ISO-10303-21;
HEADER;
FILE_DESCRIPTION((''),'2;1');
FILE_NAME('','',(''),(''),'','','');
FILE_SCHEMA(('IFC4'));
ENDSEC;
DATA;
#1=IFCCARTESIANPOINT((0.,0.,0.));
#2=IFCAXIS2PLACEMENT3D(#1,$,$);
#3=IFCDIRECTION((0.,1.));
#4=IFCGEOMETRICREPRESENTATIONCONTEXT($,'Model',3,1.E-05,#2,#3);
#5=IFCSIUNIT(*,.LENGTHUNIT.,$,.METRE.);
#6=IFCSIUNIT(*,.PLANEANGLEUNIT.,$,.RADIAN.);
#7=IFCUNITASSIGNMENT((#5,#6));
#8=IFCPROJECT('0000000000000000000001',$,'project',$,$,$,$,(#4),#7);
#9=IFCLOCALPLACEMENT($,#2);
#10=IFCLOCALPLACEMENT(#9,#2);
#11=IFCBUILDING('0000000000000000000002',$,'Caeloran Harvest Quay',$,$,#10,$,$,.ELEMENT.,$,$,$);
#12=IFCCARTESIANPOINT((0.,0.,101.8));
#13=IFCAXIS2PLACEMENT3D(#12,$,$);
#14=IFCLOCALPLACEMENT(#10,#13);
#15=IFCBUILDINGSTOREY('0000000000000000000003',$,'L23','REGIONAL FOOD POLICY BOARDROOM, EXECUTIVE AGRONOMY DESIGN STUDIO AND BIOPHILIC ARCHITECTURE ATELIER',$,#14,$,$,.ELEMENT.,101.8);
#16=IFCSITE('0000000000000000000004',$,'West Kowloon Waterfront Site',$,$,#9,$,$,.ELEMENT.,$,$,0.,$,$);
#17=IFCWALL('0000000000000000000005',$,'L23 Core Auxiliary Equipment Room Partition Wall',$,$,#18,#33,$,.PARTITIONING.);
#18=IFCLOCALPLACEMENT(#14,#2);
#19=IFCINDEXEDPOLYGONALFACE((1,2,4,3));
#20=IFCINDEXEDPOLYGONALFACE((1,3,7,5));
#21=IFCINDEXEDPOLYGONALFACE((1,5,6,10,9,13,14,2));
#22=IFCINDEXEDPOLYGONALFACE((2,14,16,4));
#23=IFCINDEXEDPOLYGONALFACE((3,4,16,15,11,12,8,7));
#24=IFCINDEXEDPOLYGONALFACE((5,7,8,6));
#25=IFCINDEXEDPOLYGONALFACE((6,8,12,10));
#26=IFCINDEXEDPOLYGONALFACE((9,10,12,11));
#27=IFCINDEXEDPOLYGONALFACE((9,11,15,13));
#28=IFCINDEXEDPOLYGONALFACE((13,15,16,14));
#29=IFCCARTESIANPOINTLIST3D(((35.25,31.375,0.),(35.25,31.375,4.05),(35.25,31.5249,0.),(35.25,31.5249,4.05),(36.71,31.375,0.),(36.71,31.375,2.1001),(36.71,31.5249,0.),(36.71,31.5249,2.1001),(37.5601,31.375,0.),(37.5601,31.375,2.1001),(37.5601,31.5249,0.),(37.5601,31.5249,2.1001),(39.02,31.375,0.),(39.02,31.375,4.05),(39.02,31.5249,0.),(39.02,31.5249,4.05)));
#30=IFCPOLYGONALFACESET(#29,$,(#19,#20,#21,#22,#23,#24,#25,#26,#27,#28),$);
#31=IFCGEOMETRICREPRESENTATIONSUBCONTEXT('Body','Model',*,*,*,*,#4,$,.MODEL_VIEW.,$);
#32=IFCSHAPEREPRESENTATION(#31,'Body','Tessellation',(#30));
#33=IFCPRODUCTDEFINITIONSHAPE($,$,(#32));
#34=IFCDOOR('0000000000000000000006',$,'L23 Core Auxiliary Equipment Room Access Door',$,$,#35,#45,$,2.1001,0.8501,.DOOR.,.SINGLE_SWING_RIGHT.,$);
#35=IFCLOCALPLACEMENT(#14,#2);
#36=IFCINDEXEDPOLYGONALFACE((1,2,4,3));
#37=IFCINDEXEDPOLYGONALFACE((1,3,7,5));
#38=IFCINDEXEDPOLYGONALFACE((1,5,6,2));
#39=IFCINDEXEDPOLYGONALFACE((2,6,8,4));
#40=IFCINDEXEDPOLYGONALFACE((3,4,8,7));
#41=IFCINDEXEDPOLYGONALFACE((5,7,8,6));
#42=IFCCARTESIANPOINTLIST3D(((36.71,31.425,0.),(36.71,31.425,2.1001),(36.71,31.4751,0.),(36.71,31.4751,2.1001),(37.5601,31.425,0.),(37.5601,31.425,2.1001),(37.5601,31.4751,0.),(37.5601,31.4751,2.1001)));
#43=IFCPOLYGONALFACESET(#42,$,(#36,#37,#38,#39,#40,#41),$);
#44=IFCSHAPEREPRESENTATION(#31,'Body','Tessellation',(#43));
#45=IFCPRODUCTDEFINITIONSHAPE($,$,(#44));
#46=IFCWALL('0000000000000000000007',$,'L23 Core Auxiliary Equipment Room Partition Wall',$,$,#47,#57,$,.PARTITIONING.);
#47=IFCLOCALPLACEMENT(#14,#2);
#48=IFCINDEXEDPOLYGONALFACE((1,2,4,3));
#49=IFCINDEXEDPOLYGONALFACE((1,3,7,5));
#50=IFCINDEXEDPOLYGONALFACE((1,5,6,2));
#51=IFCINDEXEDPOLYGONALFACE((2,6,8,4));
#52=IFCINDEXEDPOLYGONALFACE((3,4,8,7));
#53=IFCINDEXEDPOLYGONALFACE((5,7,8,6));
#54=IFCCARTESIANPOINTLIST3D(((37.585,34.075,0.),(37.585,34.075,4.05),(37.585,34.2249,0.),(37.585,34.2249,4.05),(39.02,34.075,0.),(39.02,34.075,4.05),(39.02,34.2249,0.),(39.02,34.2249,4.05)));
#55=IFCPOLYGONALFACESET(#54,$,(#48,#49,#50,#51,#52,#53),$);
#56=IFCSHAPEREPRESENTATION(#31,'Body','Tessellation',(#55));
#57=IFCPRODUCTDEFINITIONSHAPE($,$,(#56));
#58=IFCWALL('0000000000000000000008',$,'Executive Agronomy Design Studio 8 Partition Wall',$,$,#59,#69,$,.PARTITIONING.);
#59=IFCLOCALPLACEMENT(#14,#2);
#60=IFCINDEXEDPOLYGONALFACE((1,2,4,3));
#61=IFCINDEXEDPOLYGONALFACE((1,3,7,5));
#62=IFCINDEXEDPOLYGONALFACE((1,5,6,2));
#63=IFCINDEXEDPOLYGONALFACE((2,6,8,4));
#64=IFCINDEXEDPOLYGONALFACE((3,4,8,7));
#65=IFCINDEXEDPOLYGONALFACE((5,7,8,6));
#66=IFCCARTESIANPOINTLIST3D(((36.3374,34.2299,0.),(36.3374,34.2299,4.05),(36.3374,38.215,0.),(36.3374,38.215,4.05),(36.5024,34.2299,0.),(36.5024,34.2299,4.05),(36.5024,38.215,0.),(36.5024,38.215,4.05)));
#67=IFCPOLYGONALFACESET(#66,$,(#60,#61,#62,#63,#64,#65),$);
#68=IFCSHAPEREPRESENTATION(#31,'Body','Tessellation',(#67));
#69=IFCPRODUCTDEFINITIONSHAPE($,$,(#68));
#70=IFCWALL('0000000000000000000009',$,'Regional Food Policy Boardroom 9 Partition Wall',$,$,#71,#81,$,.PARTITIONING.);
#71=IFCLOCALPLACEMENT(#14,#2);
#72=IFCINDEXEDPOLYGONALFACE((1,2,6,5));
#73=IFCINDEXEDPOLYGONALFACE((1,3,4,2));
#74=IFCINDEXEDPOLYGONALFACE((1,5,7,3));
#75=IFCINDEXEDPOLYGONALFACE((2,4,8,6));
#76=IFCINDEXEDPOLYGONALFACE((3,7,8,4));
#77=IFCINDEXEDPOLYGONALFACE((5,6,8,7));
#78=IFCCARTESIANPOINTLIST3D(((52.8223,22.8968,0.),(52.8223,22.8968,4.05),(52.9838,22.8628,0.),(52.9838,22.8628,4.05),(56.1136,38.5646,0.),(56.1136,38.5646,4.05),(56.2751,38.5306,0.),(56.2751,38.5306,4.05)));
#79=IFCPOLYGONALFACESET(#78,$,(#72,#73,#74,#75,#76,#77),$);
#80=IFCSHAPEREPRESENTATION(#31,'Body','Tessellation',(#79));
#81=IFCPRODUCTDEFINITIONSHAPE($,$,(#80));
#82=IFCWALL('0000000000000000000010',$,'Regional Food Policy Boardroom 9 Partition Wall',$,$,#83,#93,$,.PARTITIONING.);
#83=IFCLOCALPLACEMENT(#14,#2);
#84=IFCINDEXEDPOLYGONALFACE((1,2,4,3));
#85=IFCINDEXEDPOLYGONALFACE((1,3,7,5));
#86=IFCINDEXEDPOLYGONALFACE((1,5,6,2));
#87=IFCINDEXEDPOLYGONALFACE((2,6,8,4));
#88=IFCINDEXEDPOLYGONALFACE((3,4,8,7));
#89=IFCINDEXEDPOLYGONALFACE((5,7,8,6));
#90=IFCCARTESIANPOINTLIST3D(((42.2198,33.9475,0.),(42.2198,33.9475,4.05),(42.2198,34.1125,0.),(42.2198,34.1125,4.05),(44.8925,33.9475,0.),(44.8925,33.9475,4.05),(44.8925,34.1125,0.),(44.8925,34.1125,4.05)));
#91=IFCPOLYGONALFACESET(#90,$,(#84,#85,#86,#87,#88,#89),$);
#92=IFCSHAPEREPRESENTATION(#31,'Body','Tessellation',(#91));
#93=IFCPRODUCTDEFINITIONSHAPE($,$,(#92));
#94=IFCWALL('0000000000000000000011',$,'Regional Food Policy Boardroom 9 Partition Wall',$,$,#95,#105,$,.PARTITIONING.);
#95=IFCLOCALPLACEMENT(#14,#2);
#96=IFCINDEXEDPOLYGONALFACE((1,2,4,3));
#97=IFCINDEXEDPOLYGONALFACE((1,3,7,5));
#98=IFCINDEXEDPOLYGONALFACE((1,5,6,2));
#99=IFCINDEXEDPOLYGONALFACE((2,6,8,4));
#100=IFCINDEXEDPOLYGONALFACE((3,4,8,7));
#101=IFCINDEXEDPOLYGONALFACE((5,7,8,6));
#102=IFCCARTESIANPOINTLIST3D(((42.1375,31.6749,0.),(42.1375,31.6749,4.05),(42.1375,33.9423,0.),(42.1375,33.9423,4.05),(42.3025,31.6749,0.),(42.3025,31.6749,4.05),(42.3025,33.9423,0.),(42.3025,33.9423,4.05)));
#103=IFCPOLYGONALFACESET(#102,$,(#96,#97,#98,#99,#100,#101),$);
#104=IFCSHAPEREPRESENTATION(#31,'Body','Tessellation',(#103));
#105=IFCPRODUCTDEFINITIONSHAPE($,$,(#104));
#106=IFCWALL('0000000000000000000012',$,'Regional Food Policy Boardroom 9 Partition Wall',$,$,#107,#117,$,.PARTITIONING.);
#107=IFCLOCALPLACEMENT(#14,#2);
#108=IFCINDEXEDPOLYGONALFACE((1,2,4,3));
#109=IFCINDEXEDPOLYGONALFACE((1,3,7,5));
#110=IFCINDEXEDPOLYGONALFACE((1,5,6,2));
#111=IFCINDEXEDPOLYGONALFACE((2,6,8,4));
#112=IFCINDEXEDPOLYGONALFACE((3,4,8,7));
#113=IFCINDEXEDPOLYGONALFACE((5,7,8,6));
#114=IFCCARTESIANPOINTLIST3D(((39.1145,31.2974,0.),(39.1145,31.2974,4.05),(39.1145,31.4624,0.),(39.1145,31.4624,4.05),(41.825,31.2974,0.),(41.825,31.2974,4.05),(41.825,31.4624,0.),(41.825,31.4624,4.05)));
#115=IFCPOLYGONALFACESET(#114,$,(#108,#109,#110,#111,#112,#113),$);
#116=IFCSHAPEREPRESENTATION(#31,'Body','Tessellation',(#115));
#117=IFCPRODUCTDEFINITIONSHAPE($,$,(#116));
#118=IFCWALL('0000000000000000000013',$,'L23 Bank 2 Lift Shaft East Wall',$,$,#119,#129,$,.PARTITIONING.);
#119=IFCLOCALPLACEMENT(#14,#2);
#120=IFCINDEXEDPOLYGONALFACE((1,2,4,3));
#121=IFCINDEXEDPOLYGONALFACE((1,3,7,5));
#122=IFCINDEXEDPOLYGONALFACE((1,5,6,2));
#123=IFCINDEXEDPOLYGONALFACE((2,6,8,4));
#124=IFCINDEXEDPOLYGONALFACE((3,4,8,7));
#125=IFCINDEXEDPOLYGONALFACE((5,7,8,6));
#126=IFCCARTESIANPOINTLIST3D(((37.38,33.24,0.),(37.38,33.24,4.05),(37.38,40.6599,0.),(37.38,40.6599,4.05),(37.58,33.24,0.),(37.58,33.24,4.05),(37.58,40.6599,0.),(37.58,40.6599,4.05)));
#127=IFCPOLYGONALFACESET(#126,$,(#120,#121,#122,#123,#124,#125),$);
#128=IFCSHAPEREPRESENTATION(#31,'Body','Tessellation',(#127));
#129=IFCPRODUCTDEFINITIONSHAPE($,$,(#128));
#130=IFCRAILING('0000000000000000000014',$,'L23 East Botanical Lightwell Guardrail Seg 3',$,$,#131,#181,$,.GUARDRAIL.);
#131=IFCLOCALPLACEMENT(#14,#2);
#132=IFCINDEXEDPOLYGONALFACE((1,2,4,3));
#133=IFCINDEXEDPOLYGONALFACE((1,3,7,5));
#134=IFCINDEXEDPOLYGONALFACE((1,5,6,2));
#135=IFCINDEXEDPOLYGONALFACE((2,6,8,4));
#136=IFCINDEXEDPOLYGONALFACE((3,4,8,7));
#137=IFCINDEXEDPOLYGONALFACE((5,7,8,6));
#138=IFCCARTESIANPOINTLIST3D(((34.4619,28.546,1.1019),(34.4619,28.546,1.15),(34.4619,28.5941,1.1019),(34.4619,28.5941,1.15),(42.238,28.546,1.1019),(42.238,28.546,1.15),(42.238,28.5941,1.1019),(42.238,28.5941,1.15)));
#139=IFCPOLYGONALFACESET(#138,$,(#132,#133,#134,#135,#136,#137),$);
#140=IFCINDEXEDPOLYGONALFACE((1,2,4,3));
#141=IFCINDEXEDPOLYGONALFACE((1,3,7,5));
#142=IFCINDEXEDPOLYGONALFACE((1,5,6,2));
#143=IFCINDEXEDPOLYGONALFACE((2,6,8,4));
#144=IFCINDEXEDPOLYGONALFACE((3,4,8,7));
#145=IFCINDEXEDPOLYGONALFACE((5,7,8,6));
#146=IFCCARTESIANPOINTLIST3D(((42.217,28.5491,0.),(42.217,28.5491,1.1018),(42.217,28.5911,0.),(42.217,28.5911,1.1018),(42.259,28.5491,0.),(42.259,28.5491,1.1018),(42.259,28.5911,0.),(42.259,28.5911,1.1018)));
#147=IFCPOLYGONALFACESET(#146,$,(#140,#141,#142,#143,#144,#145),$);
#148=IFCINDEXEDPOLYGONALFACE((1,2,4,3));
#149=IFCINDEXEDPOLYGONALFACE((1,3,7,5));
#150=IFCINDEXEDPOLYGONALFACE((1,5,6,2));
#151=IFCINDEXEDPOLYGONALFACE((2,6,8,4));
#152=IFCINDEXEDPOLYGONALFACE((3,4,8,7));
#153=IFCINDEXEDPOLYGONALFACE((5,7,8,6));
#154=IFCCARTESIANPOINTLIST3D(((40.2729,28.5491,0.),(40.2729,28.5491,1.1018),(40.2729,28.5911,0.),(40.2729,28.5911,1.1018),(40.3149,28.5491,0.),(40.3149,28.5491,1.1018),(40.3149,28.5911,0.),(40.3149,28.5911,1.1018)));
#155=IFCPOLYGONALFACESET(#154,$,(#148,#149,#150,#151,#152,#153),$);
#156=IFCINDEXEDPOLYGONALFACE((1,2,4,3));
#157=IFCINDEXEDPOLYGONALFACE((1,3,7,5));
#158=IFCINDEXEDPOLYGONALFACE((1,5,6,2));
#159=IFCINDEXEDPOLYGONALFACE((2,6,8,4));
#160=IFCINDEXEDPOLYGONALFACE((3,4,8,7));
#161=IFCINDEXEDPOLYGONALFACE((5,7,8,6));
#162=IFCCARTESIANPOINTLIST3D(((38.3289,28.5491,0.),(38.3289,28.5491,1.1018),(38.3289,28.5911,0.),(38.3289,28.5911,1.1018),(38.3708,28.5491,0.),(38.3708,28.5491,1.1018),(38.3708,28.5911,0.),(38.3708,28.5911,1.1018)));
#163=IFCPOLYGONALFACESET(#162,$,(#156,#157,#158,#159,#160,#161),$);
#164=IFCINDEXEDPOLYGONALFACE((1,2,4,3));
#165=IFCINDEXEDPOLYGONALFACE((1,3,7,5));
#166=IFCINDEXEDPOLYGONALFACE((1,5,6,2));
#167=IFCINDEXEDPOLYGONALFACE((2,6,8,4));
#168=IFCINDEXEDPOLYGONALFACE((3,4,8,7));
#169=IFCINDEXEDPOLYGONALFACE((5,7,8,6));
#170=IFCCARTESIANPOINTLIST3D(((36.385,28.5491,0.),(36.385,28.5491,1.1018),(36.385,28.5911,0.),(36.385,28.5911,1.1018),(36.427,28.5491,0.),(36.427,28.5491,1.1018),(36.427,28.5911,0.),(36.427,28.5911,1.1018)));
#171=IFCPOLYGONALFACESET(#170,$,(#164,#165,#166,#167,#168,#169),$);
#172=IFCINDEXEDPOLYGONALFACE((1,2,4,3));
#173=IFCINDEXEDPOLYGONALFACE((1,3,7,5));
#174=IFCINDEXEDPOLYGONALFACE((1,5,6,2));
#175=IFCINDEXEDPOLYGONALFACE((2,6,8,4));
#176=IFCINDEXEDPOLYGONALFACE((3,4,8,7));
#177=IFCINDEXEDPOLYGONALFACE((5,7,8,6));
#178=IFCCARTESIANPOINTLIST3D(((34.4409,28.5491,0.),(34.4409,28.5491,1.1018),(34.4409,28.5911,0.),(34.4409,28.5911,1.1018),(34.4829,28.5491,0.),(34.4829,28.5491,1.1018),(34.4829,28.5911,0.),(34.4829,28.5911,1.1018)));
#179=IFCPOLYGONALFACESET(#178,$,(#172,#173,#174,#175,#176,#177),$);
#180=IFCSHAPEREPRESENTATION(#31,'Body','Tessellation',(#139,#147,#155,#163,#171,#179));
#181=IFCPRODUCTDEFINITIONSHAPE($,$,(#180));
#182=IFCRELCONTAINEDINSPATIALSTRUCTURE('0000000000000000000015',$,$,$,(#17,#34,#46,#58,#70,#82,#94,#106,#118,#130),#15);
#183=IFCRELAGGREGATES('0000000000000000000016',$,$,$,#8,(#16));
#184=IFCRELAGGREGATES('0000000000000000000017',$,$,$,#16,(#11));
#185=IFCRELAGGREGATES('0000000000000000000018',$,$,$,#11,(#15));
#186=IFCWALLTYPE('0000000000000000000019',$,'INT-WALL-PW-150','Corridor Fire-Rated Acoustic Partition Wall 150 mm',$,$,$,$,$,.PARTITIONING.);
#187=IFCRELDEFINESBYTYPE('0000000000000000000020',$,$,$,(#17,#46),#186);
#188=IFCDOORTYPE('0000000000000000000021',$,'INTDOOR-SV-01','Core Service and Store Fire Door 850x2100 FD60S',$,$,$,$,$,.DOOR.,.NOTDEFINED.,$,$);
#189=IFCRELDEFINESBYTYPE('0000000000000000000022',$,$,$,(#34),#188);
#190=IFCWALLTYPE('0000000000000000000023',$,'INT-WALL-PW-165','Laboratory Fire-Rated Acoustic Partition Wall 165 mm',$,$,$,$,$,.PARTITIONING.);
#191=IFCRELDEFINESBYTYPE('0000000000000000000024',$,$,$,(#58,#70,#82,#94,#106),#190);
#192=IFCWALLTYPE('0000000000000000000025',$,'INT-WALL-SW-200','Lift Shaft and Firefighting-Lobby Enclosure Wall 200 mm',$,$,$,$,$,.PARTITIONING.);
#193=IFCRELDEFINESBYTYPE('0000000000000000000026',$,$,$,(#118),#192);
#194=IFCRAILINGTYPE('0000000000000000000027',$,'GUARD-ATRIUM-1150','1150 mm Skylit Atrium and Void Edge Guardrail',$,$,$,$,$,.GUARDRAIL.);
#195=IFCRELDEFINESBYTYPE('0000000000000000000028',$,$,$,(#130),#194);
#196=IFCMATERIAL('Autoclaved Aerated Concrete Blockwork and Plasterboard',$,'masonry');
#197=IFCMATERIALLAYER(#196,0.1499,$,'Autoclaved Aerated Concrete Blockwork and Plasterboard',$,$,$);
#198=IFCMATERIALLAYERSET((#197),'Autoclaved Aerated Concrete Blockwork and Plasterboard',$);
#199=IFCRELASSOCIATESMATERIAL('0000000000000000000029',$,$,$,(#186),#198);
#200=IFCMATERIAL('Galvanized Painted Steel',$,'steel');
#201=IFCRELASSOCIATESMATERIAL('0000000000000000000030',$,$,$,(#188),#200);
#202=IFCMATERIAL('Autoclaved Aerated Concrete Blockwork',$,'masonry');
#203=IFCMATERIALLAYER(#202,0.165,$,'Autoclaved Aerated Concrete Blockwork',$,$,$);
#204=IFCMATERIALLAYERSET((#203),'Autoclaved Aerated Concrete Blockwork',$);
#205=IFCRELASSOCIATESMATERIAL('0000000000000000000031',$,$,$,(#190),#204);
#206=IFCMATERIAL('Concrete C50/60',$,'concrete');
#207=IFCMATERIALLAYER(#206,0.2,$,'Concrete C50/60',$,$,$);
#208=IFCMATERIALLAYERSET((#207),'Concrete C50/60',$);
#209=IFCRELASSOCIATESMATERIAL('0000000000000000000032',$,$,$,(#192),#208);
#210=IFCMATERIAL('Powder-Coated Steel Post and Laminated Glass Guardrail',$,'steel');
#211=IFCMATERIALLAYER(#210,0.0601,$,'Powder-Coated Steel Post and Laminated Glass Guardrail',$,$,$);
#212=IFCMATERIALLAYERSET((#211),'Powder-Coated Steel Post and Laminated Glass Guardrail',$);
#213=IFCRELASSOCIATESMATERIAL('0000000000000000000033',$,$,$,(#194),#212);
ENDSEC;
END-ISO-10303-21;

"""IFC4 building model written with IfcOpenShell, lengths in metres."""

from ifc_helpers import new_model, si_unit, direction, frame, frame_2d, origin, origin_2d, place, context, subcontext, project, spatial, rectangle, extrude, material, layer, layer_set, type_object, element, fill, save


model = new_model("IFC4")

# Units and contexts
model_context = context("Model", 3, precision=1e-05, world=origin(), true_north=direction((0.0, 1.0)))
body_context = subcontext(model_context, "Body", "Model", "MODEL_VIEW")
ifc_project = project(units=[si_unit("LENGTHUNIT", "METRE"), si_unit("PLANEANGLEUNIT", "RADIAN")], contexts=[model_context])

# Site, building, storey
site_placement = place(None, origin())
site = spatial("IfcSite", under=ifc_project, at=site_placement, Name="West Kowloon Waterfront Site", CompositionType="ELEMENT", RefElevation=0.0)
building_placement = place(site_placement, origin())
building = spatial("IfcBuilding", under=site, at=building_placement, Name="Caeloran Harvest Quay", CompositionType="ELEMENT")
storey_placement = place(building_placement, frame((0.0, 0.0, 101.8)))
storey = spatial("IfcBuildingStorey", under=building, at=storey_placement, Name="L23", Description="REGIONAL FOOD POLICY BOARDROOM, EXECUTIVE AGRONOMY DESIGN STUDIO AND BIOPHILIC ARCHITECTURE ATELIER", CompositionType="ELEMENT", Elevation=101.8)

# Shared definitions
ifc_material_1 = material(Name="Autoclaved Aerated Concrete Blockwork and Plasterboard", Category="masonry")
ifc_layer_1 = layer(ifc_material_1, 0.1499, Name="Autoclaved Aerated Concrete Blockwork and Plasterboard")
ifc_layer_set_1 = layer_set([ifc_layer_1], Name="Autoclaved Aerated Concrete Blockwork and Plasterboard")
wall_type_1 = type_object("IfcWallType", Name="INT-WALL-PW-150", Description="Corridor Fire-Rated Acoustic Partition Wall 150 mm", PredefinedType="PARTITIONING", material=ifc_layer_set_1)

# Wall, opening, door
wall_1_placement = place(storey_placement, frame((39.02, 31.45, 0.0), z_axis=(0.0, 0.0, 1.0), x_axis=(-1.0, 0.0, 0.0)))
wall_1 = element("IfcWall", 1, at=wall_1_placement, inside=storey, type_object=wall_type_1, Name="L23 Core Auxiliary Equipment Room Partition Wall", PredefinedType="PARTITIONING", context=body_context, shape_type="SweptSolid", body=[
    extrude(rectangle(XDim=3.77, YDim=0.1499, at=frame_2d((1.885, 0.0))), origin(), (0.0, 0.0, 1.0), 4.05),
])
opening_placement = place(wall_1_placement, frame((1.46, 0.0, 0.0)))
opening = element("IfcOpeningElement", 2, at=opening_placement, cuts=wall_1, PredefinedType="OPENING", context=body_context, shape_type="SweptSolid", body=[
    extrude(rectangle(XDim=0.8501, YDim=2.1001, at=frame_2d((0.425, 1.05))), frame((0.0, 0.085, 0.0), z_axis=(0.0, -1.0, 0.0), x_axis=(1.0, 0.0, 0.0)), (0.0, 0.0, 1.0), 0.1699),
])
ifc_material_2 = material(Name="Galvanized Painted Steel", Category="steel")
door_type = type_object("IfcDoorType", Name="INTDOOR-SV-01", Description="Core Service and Store Fire Door 850x2100 FD60S", OperationType="NOTDEFINED", PredefinedType="DOOR", material=ifc_material_2)
door_placement = place(opening_placement, origin())
door = element("IfcDoor", 3, at=door_placement, inside=storey, type_object=door_type, Name="L23 Core Auxiliary Equipment Room Access Door", OperationType="SINGLE_SWING_RIGHT", OverallHeight=2.1001, OverallWidth=0.8501, PredefinedType="DOOR", context=body_context, shape_type="SweptSolid", body=[
    extrude(rectangle(XDim=0.8501, YDim=2.1001, at=frame_2d((0.425, 1.05))), frame((0.0, 0.0249, 0.0), z_axis=(0.0, -1.0, 0.0), x_axis=(1.0, 0.0, 0.0)), (0.0, 0.0, 1.0), 0.05),
])
fill(opening, door)

# Walls
wall_2_placement = place(storey_placement, frame((37.585, 34.1499, 0.0), z_axis=(0.0, 0.0, 1.0), x_axis=(1.0, 0.0, 0.0)))
element("IfcWall", 4, at=wall_2_placement, inside=storey, type_object=wall_type_1, Name="L23 Core Auxiliary Equipment Room Partition Wall", PredefinedType="PARTITIONING", context=body_context, shape_type="SweptSolid", body=[
    extrude(rectangle(XDim=1.4351, YDim=0.1499, at=frame_2d((0.7175, 0.0))), origin(), (0.0, 0.0, 1.0), 4.05),
])
ifc_material_3 = material(Name="Autoclaved Aerated Concrete Blockwork", Category="masonry")
ifc_layer_2 = layer(ifc_material_3, 0.165, Name="Autoclaved Aerated Concrete Blockwork")
ifc_layer_set_2 = layer_set([ifc_layer_2], Name="Autoclaved Aerated Concrete Blockwork")
wall_type_2 = type_object("IfcWallType", Name="INT-WALL-PW-165", Description="Laboratory Fire-Rated Acoustic Partition Wall 165 mm", PredefinedType="PARTITIONING", material=ifc_layer_set_2)
wall_3_placement = place(storey_placement, frame((36.4199, 38.2151, 0.0), z_axis=(0.0, 0.0, 1.0), x_axis=(0.0, -1.0, 0.0)))
element("IfcWall", 5, at=wall_3_placement, inside=storey, type_object=wall_type_2, Name="Executive Agronomy Design Studio 8 Partition Wall", PredefinedType="PARTITIONING", context=body_context, shape_type="SweptSolid", body=[
    extrude(rectangle(XDim=3.9851, YDim=0.165, at=frame_2d((1.9927, 0.0))), origin(), (0.0, 0.0, 1.0), 4.05),
])
wall_4_placement = place(storey_placement, frame((56.1943, 38.5476, 0.0), z_axis=(0.0, 0.0, 1.0), x_axis=(-0.205579, -0.97864, 0.0)))
element("IfcWall", 6, at=wall_4_placement, inside=storey, type_object=wall_type_2, Name="Regional Food Policy Boardroom 9 Partition Wall", PredefinedType="PARTITIONING", context=body_context, shape_type="SweptSolid", body=[
    extrude(rectangle(XDim=16.0098, YDim=0.165, at=frame_2d((8.0049, 0.0))), origin(), (0.0, 0.0, 1.0), 4.05),
])
wall_5_placement = place(storey_placement, frame((44.8926, 34.03, 0.0), z_axis=(0.0, 0.0, 1.0), x_axis=(-1.0, 0.0, 0.0)))
element("IfcWall", 7, at=wall_5_placement, inside=storey, type_object=wall_type_2, Name="Regional Food Policy Boardroom 9 Partition Wall", PredefinedType="PARTITIONING", context=body_context, shape_type="SweptSolid", body=[
    extrude(rectangle(XDim=2.6726, YDim=0.165, at=frame_2d((1.3364, 0.0))), origin(), (0.0, 0.0, 1.0), 4.05),
])
wall_6_placement = place(storey_placement, frame((42.22, 33.9424, 0.0), z_axis=(0.0, 0.0, 1.0), x_axis=(0.0, -1.0, 0.0)))
element("IfcWall", 8, at=wall_6_placement, inside=storey, type_object=wall_type_2, Name="Regional Food Policy Boardroom 9 Partition Wall", PredefinedType="PARTITIONING", context=body_context, shape_type="SweptSolid", body=[
    extrude(rectangle(XDim=2.2673, YDim=0.165, at=frame_2d((1.1338, 0.0))), origin(), (0.0, 0.0, 1.0), 4.05),
])
wall_7_placement = place(storey_placement, frame((41.825, 31.3799, 0.0), z_axis=(0.0, 0.0, 1.0), x_axis=(-1.0, 0.0, 0.0)))
element("IfcWall", 9, at=wall_7_placement, inside=storey, type_object=wall_type_2, Name="Regional Food Policy Boardroom 9 Partition Wall", PredefinedType="PARTITIONING", context=body_context, shape_type="SweptSolid", body=[
    extrude(rectangle(XDim=2.7104, YDim=0.165, at=frame_2d((1.3552, 0.0))), origin(), (0.0, 0.0, 1.0), 4.05),
])
ifc_material_4 = material(Name="Concrete C50/60", Category="concrete")
ifc_layer_3 = layer(ifc_material_4, 0.2, Name="Concrete C50/60")
ifc_layer_set_3 = layer_set([ifc_layer_3], Name="Concrete C50/60")
wall_type_3 = type_object("IfcWallType", Name="INT-WALL-SW-200", Description="Lift Shaft and Firefighting-Lobby Enclosure Wall 200 mm", PredefinedType="PARTITIONING", material=ifc_layer_set_3)
wall_8_placement = place(storey_placement, frame((37.48, 33.24, 0.0), z_axis=(0.0, 0.0, 1.0), x_axis=(0.0, 1.0, 0.0)))
element("IfcWall", 10, at=wall_8_placement, inside=storey, type_object=wall_type_3, Name="L23 Bank 2 Lift Shaft East Wall", PredefinedType="PARTITIONING", context=body_context, shape_type="SweptSolid", body=[
    extrude(rectangle(XDim=7.4199, YDim=0.2, at=frame_2d((3.71, 0.0))), origin(), (0.0, 0.0, 1.0), 4.05),
])

# Railing
ifc_material_5 = material(Name="Powder-Coated Steel Post and Laminated Glass Guardrail", Category="steel")
ifc_layer_4 = layer(ifc_material_5, 0.0601, Name="Powder-Coated Steel Post and Laminated Glass Guardrail")
ifc_layer_set_4 = layer_set([ifc_layer_4], Name="Powder-Coated Steel Post and Laminated Glass Guardrail")
railing_type = type_object("IfcRailingType", Name="GUARD-ATRIUM-1150", Description="1150 mm Skylit Atrium and Void Edge Guardrail", PredefinedType="GUARDRAIL", material=ifc_layer_set_4)
railing_placement = place(storey_placement, frame((42.238, 28.5701, 0.0)))
element("IfcRailing", 11, at=railing_placement, inside=storey, type_object=railing_type, Name="L23 East Botanical Lightwell Guardrail Seg 3", PredefinedType="GUARDRAIL", context=body_context, shape_type="SweptSolid", body=[
    extrude(rectangle(XDim=0.0481, YDim=0.0481, at=origin_2d()), frame((0.0, 0.0, 1.126), z_axis=(-1.0, 0.0, 0.0), x_axis=(0.0, -1.0, 0.0)), (0.0, 0.0, 1.0), 7.7761),
    extrude(rectangle(XDim=0.042, YDim=0.042, at=origin_2d()), origin(), (0.0, 0.0, 1.0), 1.1018),
    extrude(rectangle(XDim=0.042, YDim=0.042, at=origin_2d()), frame((-1.9441, 0.0, 0.0)), (0.0, 0.0, 1.0), 1.1018),
    extrude(rectangle(XDim=0.042, YDim=0.042, at=origin_2d()), frame((-3.8882, 0.0, 0.0)), (0.0, 0.0, 1.0), 1.1018),
    extrude(rectangle(XDim=0.042, YDim=0.042, at=origin_2d()), frame((-5.832, 0.0, 0.0)), (0.0, 0.0, 1.0), 1.1018),
    extrude(rectangle(XDim=0.042, YDim=0.042, at=origin_2d()), frame((-7.7761, 0.0, 0.0)), (0.0, 0.0, 1.0), 1.1018),
])

save(model, "model.ifc")
